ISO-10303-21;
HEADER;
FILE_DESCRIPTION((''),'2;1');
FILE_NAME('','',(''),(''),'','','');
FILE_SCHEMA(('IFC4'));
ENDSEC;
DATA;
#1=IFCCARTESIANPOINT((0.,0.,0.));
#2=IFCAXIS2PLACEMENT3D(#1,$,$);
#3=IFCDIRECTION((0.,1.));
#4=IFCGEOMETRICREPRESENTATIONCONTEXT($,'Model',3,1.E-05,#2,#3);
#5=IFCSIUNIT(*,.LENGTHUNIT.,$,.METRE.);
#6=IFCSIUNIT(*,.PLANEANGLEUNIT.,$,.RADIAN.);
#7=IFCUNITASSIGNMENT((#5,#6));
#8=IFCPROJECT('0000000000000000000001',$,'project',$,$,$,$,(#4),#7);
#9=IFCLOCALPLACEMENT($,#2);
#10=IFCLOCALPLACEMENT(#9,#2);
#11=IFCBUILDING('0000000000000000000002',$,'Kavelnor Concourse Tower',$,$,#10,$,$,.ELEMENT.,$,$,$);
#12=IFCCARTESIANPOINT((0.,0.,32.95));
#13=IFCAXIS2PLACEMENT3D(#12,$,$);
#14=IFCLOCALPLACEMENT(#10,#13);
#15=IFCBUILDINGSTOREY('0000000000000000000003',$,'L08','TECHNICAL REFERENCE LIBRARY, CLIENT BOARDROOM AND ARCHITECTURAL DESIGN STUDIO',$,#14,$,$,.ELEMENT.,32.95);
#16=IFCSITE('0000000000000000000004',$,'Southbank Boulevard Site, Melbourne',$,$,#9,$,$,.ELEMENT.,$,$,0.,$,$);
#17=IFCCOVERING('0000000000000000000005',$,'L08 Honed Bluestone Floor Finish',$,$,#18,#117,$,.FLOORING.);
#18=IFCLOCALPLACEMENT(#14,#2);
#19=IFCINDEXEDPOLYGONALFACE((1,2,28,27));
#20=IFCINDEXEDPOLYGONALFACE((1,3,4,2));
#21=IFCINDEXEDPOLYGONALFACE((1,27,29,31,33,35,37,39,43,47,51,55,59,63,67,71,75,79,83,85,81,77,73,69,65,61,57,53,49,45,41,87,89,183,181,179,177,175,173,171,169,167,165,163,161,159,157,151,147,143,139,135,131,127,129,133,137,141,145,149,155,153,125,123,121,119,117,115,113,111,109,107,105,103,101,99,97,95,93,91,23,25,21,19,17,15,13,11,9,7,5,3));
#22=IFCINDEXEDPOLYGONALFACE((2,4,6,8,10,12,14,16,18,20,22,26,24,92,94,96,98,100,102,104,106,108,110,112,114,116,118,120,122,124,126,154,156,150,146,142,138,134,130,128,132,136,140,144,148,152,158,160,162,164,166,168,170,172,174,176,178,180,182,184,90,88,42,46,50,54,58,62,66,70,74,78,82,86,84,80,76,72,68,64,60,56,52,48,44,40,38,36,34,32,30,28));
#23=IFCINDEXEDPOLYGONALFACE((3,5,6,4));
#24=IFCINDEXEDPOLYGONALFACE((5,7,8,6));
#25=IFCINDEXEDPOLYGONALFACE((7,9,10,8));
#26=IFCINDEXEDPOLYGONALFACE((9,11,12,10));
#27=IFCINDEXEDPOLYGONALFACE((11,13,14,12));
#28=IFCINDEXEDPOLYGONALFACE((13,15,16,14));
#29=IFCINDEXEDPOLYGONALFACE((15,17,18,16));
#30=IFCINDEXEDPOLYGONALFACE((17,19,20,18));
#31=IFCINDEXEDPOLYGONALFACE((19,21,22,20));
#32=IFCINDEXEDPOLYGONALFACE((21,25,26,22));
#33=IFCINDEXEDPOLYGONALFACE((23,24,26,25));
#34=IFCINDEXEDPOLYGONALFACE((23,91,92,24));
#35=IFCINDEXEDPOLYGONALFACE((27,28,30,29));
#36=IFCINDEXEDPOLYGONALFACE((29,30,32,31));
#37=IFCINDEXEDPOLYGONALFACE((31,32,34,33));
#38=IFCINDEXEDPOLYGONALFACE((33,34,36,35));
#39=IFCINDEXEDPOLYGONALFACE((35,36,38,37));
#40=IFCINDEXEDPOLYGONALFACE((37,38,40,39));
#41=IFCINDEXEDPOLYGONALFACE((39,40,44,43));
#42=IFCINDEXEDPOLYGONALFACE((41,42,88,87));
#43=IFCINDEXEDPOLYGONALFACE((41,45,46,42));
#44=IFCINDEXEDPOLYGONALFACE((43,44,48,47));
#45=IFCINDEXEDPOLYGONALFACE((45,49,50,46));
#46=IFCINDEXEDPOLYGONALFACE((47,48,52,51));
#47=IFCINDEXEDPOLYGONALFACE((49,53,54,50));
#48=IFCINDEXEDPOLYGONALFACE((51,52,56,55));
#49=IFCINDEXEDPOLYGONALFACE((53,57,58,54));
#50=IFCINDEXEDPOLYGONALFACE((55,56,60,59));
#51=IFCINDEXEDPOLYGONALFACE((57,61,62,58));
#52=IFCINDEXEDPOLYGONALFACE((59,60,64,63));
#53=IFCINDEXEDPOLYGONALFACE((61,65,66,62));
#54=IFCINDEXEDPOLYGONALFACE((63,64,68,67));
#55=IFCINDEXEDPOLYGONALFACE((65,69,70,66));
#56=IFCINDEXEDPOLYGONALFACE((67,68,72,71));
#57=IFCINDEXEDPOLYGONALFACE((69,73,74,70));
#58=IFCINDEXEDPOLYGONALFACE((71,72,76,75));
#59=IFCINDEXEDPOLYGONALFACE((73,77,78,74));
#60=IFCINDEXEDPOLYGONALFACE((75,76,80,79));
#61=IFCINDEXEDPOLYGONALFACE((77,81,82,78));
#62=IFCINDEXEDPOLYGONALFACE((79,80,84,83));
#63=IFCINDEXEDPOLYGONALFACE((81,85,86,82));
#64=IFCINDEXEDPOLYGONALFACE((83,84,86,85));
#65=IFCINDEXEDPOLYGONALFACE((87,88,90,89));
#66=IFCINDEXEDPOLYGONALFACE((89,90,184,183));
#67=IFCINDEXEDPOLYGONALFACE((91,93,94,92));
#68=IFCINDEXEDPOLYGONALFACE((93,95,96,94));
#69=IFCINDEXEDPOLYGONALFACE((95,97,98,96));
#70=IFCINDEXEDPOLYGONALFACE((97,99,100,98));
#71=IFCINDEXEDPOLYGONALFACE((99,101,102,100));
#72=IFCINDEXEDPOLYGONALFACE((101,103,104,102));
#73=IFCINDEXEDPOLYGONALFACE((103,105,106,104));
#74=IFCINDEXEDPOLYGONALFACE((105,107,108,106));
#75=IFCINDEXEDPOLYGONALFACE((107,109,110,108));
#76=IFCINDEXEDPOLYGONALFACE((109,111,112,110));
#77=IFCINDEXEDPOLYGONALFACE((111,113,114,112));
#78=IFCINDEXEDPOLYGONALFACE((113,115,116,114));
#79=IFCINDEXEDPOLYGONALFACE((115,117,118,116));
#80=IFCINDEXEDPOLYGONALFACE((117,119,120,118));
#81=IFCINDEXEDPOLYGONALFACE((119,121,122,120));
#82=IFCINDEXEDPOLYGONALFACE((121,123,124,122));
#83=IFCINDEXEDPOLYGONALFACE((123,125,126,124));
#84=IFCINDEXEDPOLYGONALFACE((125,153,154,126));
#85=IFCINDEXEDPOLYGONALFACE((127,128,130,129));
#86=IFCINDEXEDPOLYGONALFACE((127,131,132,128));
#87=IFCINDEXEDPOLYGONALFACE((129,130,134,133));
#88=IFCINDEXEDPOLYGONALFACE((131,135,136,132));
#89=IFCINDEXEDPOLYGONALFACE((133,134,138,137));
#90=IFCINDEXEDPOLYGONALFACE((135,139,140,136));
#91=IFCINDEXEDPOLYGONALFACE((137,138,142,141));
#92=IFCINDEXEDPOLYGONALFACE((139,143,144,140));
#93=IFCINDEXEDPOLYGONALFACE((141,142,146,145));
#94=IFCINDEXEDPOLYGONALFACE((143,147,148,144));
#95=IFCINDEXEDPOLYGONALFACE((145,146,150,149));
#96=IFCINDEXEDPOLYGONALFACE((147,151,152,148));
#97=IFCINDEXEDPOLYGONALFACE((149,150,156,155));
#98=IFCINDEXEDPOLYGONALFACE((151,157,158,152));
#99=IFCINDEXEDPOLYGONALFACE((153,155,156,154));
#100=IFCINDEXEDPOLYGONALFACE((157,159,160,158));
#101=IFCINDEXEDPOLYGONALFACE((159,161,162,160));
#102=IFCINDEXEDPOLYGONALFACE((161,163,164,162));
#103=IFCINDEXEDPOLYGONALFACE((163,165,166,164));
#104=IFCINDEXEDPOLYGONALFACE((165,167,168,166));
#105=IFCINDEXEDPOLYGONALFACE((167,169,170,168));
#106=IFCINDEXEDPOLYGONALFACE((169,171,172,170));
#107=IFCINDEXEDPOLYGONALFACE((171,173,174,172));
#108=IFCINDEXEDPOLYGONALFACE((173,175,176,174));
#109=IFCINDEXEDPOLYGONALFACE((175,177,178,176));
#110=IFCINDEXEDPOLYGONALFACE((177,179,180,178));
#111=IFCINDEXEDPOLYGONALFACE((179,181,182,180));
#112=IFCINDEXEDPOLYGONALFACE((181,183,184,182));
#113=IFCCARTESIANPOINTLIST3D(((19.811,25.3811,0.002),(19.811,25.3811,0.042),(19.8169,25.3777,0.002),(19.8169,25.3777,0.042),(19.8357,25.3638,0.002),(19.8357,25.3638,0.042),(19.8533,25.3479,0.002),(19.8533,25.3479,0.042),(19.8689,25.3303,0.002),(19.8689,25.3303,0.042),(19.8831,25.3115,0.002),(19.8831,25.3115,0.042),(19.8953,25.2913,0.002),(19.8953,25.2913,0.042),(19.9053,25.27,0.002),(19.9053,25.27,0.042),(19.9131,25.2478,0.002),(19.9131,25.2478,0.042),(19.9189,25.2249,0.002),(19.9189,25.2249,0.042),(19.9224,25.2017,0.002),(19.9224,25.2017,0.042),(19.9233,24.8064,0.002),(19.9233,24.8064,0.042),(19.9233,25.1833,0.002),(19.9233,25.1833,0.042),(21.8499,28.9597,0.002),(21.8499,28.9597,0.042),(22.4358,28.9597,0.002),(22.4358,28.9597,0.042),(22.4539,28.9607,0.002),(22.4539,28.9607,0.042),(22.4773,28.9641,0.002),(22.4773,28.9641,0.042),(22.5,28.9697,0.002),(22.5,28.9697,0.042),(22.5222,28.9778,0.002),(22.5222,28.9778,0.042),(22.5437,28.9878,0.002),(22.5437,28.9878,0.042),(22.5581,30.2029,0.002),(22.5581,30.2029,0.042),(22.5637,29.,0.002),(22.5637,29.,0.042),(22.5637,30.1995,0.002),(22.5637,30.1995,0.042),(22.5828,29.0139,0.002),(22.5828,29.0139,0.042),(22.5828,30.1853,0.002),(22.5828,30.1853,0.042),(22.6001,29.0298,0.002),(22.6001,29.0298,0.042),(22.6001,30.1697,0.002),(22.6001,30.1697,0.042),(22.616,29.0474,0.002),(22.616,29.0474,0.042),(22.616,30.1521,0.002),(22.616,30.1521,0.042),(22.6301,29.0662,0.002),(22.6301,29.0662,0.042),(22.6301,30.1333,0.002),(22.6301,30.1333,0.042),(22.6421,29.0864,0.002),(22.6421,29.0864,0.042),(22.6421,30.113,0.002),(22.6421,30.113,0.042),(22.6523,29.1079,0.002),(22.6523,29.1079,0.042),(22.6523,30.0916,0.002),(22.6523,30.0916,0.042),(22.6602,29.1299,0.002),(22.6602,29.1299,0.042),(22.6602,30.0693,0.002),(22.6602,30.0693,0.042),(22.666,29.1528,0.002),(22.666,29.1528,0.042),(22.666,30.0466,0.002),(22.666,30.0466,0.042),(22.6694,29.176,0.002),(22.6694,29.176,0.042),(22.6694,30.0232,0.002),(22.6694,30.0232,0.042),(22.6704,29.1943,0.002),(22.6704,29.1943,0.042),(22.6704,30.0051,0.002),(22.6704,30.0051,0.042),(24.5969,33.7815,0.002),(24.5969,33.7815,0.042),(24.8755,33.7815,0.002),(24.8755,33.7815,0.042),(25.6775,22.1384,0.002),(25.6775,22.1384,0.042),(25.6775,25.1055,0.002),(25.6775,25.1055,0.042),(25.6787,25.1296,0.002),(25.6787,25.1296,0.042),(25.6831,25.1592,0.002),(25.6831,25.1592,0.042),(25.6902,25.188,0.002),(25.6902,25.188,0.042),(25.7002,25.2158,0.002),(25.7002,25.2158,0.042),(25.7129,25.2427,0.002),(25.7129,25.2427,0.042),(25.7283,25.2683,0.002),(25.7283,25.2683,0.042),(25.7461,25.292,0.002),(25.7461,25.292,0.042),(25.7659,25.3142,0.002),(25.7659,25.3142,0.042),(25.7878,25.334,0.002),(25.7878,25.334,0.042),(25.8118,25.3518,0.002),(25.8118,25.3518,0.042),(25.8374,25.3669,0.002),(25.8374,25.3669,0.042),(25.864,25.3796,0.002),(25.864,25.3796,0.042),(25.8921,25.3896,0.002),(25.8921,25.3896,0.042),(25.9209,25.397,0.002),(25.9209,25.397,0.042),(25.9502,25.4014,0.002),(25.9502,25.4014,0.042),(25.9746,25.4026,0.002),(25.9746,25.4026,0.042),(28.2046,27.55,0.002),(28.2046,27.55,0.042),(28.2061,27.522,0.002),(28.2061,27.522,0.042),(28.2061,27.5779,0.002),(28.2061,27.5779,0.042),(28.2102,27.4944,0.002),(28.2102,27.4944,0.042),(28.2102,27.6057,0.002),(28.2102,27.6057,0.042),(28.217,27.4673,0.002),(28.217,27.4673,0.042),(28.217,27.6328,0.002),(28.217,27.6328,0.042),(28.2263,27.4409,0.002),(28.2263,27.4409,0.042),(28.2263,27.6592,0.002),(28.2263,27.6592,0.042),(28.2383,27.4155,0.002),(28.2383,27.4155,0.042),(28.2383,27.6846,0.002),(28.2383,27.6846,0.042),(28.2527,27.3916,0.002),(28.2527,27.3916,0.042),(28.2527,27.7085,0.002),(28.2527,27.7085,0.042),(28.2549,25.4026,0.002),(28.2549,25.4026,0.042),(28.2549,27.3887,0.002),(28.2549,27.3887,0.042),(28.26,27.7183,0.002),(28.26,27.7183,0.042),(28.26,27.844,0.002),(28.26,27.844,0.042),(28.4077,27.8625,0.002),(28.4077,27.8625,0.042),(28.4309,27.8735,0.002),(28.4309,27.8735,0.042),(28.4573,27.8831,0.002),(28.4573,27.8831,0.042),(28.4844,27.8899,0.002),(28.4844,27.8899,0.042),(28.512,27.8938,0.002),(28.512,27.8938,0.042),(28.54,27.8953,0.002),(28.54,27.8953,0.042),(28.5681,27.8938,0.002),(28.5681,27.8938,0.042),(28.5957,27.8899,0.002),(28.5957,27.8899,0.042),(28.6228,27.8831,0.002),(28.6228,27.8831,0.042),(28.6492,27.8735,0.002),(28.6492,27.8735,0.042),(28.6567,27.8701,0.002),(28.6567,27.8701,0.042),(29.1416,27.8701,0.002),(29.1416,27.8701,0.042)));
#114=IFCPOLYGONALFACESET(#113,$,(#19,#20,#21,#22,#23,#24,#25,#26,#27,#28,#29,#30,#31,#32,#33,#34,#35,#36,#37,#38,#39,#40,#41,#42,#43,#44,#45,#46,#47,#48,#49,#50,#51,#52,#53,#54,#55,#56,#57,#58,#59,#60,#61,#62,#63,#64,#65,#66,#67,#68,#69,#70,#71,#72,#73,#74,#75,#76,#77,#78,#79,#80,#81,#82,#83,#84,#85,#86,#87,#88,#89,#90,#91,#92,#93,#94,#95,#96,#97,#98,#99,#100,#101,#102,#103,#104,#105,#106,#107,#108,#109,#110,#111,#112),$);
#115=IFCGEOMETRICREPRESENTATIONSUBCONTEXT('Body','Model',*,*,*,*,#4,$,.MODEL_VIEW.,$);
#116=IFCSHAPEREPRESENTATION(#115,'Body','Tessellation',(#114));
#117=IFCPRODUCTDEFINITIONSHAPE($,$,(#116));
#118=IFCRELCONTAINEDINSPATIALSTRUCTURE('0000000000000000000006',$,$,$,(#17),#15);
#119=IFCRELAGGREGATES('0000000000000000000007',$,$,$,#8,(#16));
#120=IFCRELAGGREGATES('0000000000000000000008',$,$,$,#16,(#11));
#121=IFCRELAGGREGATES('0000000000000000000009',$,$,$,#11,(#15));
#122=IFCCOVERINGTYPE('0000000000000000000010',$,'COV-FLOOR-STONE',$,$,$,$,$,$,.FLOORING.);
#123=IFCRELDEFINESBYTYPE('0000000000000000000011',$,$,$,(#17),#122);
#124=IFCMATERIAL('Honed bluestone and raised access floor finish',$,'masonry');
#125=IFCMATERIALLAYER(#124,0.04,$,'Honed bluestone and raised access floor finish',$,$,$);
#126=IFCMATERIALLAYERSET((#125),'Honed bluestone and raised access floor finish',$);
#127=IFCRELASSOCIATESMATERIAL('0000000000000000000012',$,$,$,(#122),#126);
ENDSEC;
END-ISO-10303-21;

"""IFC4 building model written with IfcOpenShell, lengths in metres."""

from ifc_helpers import new_model, si_unit, direction, frame, origin, place, context, subcontext, project, spatial, polyline, outline, extrude, material, layer, layer_set, type_object, element, save


model = new_model("IFC4")

# Units and contexts
model_context = context("Model", 3, precision=1e-05, world=origin(), true_north=direction((0.0, 1.0)))
body_context = subcontext(model_context, "Body", "Model", "MODEL_VIEW")
ifc_project = project(units=[si_unit("LENGTHUNIT", "METRE"), si_unit("PLANEANGLEUNIT", "RADIAN")], contexts=[model_context])

# Site, building, storey
site_placement = place(None, origin())
site = spatial("IfcSite", under=ifc_project, at=site_placement, Name="Southbank Boulevard Site, Melbourne", CompositionType="ELEMENT", RefElevation=0.0)
building_placement = place(site_placement, origin())
building = spatial("IfcBuilding", under=site, at=building_placement, Name="Kavelnor Concourse Tower", CompositionType="ELEMENT")
storey_placement = place(building_placement, frame((0.0, 0.0, 32.95)))
storey = spatial("IfcBuildingStorey", under=building, at=storey_placement, Name="L08", Description="TECHNICAL REFERENCE LIBRARY, CLIENT BOARDROOM AND ARCHITECTURAL DESIGN STUDIO", CompositionType="ELEMENT", Elevation=32.95)

# Covering
ifc_material_1 = material(Name="Honed bluestone and raised access floor finish", Category="masonry")
ifc_layer_1 = layer(ifc_material_1, 0.04, Name="Honed bluestone and raised access floor finish")
ifc_layer_set_1 = layer_set([ifc_layer_1], Name="Honed bluestone and raised access floor finish")
covering_type_1 = type_object("IfcCoveringType", Name="COV-FLOOR-STONE", PredefinedType="FLOORING", material=ifc_layer_set_1)
covering_1_placement = place(storey_placement, frame((0.0, 0.0, 0.002)))
element("IfcCovering", 1, at=covering_1_placement, inside=storey, type_object=covering_type_1, Name="L08 Honed Bluestone Floor Finish", PredefinedType="FLOORING", context=body_context, shape_type="SweptSolid", body=[
    extrude(outline(polyline([(21.8499, 28.9597), (22.4358, 28.9597), (22.4539, 28.9607), (22.4773, 28.9641), (22.5, 28.9697), (22.5222, 28.9778), (22.5437, 28.9878), (22.5637, 29.0), (22.5828, 29.0139), (22.6001, 29.0298), (22.616, 29.0474), (22.6301, 29.0662), (22.6421, 29.0864), (22.6523, 29.1079), (22.6602, 29.1299), (22.666, 29.1528), (22.6694, 29.176), (22.6704, 29.1943), (22.6704, 30.0051), (22.6694, 30.0232), (22.666, 30.0466), (22.6602, 30.0693), (22.6523, 30.0916), (22.6421, 30.113), (22.6301, 30.1333), (22.616, 30.1521), (22.6001, 30.1697), (22.5828, 30.1853), (22.5637, 30.1995), (22.5581, 30.2029), (24.5969, 33.7815), (24.8755, 33.7815), (29.1416, 27.8701), (28.6567, 27.8701), (28.6492, 27.8735), (28.6228, 27.8831), (28.5957, 27.8899), (28.5681, 27.8938), (28.54, 27.8953), (28.512, 27.8938), (28.4844, 27.8899), (28.4573, 27.8831), (28.4309, 27.8735), (28.4077, 27.8625), (28.26, 27.844), (28.26, 27.7183), (28.2527, 27.7085), (28.2383, 27.6846), (28.2263, 27.6592), (28.217, 27.6328), (28.2102, 27.6057), (28.2061, 27.5779), (28.2046, 27.55), (28.2061, 27.522), (28.2102, 27.4944), (28.217, 27.4673), (28.2263, 27.4409), (28.2383, 27.4155), (28.2527, 27.3916), (28.2549, 27.3887), (28.2549, 25.4026), (25.9746, 25.4026), (25.9502, 25.4014), (25.9209, 25.397), (25.8921, 25.3896), (25.864, 25.3796), (25.8374, 25.3669), (25.8118, 25.3518), (25.7878, 25.334), (25.7659, 25.3142), (25.7461, 25.292), (25.7283, 25.2683), (25.7129, 25.2427), (25.7002, 25.2158), (25.6902, 25.188), (25.6831, 25.1592), (25.6787, 25.1296), (25.6775, 25.1055), (25.6775, 22.1384), (19.9233, 24.8064), (19.9233, 25.1833), (19.9224, 25.2017), (19.9189, 25.2249), (19.9131, 25.2478), (19.9053, 25.27), (19.8953, 25.2913), (19.8831, 25.3115), (19.8689, 25.3303), (19.8533, 25.3479), (19.8357, 25.3638), (19.8169, 25.3777), (19.811, 25.3811), (21.8499, 28.9597)])), origin(), (0.0, 0.0, 1.0), 0.04),
])

save(model, "model.ifc")
